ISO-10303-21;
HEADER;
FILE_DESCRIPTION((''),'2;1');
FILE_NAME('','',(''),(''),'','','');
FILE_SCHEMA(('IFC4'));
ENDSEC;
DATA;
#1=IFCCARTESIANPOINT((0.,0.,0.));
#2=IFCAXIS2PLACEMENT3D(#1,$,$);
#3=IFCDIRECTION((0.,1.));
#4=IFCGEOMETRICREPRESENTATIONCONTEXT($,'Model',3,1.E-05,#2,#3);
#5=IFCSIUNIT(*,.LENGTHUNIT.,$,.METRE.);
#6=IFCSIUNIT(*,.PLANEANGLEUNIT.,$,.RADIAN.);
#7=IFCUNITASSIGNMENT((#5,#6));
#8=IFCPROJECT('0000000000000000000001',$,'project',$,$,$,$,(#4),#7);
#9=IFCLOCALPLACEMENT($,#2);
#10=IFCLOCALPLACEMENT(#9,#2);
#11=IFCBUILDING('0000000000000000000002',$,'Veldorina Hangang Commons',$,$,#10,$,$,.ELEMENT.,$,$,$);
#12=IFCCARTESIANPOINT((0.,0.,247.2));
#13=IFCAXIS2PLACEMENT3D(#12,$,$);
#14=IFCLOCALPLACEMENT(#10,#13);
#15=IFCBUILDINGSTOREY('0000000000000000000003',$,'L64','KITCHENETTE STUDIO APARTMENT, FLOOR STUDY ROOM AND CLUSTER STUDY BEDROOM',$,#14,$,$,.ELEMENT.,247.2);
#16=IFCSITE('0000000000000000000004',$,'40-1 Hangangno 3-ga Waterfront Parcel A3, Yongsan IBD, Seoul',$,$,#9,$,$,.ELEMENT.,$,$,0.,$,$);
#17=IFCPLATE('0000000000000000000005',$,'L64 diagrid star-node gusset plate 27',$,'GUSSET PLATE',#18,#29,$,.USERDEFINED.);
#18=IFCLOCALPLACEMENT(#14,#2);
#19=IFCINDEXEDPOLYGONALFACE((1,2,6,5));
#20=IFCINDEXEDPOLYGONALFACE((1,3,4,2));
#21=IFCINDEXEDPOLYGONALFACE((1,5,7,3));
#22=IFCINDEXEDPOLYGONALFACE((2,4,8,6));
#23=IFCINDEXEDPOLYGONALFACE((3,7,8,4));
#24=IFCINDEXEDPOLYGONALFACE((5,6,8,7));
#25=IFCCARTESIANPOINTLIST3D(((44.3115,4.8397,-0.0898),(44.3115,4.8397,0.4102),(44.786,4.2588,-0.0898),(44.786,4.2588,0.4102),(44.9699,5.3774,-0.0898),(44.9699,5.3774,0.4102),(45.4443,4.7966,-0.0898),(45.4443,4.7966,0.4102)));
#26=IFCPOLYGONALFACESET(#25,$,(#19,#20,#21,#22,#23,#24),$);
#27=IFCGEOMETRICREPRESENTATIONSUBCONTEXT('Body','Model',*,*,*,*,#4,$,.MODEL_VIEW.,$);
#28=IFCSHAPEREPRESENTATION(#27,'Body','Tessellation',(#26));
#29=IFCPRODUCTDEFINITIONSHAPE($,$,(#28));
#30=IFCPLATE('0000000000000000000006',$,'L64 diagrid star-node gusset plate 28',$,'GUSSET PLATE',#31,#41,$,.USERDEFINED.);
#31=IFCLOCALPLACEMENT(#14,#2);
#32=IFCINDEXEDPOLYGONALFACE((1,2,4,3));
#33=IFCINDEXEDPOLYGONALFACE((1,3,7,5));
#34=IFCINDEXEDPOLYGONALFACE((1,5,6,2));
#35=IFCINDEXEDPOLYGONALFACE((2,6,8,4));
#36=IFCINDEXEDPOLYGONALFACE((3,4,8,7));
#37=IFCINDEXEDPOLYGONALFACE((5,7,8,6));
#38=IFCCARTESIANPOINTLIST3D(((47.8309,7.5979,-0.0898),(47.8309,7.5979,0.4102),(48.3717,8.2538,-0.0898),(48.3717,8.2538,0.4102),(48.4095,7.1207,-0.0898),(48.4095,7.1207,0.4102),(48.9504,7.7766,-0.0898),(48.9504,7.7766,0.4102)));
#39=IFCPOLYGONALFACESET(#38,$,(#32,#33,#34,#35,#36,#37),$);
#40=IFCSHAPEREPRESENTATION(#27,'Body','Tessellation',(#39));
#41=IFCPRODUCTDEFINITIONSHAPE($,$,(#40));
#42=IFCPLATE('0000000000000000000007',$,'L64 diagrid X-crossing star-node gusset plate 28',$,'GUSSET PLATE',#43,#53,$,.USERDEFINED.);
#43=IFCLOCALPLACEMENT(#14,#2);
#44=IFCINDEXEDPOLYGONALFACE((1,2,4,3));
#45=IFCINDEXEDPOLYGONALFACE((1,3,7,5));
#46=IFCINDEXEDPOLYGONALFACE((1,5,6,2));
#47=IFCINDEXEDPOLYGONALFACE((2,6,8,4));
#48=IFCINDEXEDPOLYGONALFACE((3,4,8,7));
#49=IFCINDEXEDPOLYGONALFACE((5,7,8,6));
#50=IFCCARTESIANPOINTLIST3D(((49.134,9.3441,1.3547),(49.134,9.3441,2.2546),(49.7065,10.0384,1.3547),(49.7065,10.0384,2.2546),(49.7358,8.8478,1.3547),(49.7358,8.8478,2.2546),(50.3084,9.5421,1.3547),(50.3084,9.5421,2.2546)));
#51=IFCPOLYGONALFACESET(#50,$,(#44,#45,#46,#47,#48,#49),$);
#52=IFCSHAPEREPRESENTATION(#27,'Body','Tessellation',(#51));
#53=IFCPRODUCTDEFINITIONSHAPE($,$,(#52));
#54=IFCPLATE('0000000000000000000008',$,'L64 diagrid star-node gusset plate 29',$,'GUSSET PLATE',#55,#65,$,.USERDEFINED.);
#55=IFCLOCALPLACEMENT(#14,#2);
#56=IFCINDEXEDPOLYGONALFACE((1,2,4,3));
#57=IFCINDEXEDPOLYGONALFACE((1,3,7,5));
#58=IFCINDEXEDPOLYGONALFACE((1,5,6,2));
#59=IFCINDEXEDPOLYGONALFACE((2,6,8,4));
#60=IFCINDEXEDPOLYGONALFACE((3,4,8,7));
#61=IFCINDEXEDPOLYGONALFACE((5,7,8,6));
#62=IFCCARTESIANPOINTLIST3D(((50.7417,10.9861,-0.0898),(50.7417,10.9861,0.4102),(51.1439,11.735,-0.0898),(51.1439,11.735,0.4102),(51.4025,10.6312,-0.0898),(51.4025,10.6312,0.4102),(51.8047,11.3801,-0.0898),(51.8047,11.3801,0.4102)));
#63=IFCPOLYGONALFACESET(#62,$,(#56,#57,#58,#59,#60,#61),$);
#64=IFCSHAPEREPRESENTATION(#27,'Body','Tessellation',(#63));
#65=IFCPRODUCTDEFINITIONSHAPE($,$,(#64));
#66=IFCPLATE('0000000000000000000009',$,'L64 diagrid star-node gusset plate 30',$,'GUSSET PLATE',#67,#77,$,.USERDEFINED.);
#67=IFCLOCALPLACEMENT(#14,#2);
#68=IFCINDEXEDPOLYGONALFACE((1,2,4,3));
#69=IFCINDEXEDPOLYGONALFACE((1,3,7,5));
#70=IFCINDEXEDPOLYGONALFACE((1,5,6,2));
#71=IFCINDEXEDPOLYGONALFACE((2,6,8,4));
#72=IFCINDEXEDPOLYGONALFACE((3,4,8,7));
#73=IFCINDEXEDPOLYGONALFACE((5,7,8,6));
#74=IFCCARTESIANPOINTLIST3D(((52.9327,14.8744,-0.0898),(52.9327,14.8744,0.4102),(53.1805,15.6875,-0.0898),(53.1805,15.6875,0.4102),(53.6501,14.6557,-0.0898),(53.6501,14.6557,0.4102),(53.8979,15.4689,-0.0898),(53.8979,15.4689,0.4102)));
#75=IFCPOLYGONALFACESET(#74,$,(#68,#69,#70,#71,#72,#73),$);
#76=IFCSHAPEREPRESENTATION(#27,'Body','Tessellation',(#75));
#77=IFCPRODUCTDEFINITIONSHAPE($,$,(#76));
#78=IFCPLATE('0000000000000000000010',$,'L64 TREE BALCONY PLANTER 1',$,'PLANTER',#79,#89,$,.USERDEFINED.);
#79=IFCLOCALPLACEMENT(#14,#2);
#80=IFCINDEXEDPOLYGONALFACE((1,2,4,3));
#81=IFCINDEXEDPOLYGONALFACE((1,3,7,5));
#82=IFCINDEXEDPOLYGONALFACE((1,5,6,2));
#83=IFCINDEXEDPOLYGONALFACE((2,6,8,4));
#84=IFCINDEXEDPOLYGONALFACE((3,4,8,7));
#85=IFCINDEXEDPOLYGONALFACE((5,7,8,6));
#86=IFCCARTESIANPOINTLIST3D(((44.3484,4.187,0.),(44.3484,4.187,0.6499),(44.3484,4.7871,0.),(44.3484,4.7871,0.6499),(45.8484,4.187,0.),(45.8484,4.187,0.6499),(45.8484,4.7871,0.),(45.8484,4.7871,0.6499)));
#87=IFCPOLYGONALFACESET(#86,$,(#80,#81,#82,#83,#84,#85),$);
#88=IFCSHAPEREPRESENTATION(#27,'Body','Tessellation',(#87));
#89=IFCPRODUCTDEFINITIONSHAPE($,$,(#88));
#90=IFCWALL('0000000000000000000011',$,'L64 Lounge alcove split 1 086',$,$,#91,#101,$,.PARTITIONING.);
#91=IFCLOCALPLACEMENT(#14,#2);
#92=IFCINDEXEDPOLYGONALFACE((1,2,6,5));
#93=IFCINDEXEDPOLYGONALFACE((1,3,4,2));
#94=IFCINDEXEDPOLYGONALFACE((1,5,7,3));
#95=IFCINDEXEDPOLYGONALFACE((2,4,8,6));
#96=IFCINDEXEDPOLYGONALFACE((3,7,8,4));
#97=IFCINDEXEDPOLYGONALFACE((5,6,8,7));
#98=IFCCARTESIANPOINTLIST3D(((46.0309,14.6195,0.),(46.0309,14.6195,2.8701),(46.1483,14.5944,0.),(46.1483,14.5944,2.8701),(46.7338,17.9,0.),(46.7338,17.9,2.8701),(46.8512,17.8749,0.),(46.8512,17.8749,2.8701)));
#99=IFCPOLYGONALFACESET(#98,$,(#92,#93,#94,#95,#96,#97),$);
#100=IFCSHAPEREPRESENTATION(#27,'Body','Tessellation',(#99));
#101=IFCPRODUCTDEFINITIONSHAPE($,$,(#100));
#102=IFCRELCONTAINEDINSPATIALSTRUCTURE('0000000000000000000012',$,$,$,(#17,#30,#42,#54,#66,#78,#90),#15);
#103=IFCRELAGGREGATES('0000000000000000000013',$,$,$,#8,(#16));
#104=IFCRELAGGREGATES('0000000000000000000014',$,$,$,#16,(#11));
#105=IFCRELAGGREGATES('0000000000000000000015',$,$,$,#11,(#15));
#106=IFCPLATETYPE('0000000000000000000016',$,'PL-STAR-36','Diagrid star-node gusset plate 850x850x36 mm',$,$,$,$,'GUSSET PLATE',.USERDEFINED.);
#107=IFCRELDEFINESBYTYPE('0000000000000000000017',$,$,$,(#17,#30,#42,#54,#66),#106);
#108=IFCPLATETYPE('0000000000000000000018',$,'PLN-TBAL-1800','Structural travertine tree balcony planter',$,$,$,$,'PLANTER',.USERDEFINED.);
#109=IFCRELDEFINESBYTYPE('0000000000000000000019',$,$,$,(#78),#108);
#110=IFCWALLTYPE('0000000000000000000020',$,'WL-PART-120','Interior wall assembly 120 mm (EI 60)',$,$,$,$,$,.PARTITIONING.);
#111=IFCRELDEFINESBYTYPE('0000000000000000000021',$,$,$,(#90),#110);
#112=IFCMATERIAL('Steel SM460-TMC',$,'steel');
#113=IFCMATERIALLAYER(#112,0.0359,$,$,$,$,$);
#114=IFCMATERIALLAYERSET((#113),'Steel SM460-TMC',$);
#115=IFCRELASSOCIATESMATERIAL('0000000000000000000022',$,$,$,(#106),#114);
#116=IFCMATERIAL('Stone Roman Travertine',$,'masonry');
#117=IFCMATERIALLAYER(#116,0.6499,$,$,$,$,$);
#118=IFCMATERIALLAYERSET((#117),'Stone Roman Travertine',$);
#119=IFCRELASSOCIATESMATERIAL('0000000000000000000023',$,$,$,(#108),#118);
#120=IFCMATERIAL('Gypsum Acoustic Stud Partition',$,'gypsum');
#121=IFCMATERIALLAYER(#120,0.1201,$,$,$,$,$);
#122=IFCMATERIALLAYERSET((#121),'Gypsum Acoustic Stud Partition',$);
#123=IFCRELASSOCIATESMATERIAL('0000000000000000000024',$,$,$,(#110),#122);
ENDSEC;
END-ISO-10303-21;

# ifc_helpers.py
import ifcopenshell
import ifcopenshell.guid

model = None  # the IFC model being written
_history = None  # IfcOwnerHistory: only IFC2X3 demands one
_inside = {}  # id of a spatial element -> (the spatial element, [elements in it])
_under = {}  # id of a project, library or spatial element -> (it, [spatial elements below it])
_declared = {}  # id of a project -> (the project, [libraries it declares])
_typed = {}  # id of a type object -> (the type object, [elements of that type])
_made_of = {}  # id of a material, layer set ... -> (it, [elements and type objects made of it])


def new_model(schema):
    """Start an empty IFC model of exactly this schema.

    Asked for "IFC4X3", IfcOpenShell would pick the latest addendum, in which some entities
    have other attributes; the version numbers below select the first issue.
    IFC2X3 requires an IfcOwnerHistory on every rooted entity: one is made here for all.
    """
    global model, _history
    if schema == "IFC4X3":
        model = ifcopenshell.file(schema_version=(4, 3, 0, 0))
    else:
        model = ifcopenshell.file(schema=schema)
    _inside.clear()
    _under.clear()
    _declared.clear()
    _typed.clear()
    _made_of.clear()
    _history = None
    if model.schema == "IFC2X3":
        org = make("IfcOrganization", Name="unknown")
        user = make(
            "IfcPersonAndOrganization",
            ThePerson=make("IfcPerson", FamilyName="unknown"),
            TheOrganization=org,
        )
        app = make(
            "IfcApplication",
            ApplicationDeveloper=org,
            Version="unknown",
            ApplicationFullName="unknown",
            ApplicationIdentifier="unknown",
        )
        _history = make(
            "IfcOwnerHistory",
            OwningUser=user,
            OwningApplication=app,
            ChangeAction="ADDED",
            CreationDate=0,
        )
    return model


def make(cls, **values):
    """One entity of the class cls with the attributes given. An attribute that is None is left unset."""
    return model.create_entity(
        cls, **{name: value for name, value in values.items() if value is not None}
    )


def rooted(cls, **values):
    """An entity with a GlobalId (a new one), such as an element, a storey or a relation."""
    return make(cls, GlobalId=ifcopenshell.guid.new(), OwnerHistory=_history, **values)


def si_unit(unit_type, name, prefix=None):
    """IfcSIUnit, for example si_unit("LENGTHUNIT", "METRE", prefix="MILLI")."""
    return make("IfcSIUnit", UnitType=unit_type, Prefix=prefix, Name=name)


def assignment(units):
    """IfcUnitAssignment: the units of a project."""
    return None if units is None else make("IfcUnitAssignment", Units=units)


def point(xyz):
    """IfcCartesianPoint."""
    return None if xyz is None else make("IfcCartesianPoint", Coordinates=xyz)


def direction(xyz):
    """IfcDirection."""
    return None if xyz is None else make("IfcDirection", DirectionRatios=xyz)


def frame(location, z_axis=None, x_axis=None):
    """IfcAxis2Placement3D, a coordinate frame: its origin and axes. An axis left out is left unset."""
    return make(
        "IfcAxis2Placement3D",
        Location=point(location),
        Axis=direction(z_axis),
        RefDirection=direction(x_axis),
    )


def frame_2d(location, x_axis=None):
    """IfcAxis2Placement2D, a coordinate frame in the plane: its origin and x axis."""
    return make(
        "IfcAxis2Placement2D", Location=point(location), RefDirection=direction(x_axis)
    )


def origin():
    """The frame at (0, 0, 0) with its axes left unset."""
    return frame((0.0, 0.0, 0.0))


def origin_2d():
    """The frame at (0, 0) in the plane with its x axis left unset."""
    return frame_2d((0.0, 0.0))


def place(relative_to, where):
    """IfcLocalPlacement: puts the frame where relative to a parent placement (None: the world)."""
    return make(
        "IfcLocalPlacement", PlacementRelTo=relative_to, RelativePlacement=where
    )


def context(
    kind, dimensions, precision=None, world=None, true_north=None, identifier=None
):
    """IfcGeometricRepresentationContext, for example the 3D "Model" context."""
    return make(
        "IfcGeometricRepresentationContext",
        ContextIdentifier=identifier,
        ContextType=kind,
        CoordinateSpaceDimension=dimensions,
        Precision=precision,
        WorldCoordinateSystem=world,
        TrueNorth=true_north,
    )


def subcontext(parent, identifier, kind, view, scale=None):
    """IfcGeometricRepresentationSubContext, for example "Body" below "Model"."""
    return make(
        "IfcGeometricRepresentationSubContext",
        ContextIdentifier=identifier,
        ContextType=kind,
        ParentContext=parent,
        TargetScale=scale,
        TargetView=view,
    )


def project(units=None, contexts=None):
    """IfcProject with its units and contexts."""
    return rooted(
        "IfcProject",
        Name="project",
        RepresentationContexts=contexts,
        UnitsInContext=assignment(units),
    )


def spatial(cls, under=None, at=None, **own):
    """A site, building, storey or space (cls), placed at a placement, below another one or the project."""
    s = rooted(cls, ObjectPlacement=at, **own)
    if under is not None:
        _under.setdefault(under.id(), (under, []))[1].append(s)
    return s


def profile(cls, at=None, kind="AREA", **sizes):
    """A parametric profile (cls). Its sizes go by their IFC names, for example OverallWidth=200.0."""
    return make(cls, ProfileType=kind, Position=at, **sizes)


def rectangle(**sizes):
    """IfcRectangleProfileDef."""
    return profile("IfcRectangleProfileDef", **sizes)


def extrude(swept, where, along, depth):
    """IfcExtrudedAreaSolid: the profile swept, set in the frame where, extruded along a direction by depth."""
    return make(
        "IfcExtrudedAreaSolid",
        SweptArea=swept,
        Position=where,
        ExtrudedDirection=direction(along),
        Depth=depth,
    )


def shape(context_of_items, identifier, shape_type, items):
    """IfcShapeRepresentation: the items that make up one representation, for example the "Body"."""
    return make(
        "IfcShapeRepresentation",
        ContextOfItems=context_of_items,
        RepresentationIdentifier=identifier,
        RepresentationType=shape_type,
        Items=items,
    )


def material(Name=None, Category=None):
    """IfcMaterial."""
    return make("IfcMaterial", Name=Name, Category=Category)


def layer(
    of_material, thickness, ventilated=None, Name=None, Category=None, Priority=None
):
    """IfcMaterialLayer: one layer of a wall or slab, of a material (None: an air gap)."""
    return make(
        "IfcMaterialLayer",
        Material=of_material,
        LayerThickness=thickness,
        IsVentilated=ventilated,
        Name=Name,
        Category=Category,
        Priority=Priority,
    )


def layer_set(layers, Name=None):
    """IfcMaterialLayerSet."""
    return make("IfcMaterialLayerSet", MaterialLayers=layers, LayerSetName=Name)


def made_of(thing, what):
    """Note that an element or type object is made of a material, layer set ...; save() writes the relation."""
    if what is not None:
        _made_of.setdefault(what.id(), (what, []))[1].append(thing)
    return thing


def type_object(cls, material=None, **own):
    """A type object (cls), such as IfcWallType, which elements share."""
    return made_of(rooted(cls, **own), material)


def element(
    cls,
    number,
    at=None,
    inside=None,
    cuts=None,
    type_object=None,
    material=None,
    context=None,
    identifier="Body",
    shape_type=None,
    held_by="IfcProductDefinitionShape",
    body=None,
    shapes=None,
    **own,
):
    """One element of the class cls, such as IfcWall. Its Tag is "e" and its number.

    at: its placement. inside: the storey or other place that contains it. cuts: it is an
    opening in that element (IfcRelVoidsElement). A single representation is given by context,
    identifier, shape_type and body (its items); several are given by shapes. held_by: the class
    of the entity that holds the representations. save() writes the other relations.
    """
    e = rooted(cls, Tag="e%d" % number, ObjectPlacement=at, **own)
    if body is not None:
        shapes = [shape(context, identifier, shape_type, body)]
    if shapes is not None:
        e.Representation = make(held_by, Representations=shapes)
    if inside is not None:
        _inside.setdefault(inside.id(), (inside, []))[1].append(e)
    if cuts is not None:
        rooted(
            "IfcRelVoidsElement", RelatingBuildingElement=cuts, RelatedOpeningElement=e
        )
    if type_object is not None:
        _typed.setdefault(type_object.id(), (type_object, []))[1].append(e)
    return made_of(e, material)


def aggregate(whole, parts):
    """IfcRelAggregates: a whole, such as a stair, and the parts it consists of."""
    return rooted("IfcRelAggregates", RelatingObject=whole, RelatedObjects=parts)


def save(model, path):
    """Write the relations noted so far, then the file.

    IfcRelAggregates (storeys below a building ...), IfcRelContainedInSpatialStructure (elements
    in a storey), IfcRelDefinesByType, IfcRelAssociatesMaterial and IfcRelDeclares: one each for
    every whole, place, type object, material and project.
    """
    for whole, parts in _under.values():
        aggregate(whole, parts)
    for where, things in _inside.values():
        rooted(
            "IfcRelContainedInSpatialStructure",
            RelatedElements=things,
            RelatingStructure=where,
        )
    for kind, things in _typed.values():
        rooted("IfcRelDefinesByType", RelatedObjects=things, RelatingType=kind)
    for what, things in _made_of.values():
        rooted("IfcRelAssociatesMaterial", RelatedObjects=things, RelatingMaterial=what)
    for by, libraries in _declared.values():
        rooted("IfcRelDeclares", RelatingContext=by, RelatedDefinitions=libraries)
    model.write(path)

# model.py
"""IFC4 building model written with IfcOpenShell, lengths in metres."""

from ifc_helpers import new_model, si_unit, direction, frame, frame_2d, origin, origin_2d, place, context, subcontext, project, spatial, rectangle, extrude, material, layer, layer_set, type_object, element, save


model = new_model("IFC4")

# Units and contexts
model_context = context("Model", 3, precision=1e-05, world=origin(), true_north=direction((0.0, 1.0)))
body_context = subcontext(model_context, "Body", "Model", "MODEL_VIEW")
ifc_project = project(units=[si_unit("LENGTHUNIT", "METRE"), si_unit("PLANEANGLEUNIT", "RADIAN")], contexts=[model_context])

# Site, building, storey
site_placement = place(None, origin())
site = spatial("IfcSite", under=ifc_project, at=site_placement, Name="40-1 Hangangno 3-ga Waterfront Parcel A3, Yongsan IBD, Seoul", CompositionType="ELEMENT", RefElevation=0.0)
building_placement = place(site_placement, origin())
building = spatial("IfcBuilding", under=site, at=building_placement, Name="Veldorina Hangang Commons", CompositionType="ELEMENT")
storey_placement = place(building_placement, frame((0.0, 0.0, 247.2)))
storey = spatial("IfcBuildingStorey", under=building, at=storey_placement, Name="L64", Description="KITCHENETTE STUDIO APARTMENT, FLOOR STUDY ROOM AND CLUSTER STUDY BEDROOM", CompositionType="ELEMENT", Elevation=247.2)

# Plates
ifc_material_1 = material(Name="Steel SM460-TMC", Category="steel")
ifc_layer_1 = layer(ifc_material_1, 0.0359)
ifc_layer_set_1 = layer_set([ifc_layer_1], Name="Steel SM460-TMC")
plate_type_1 = type_object("IfcPlateType", Name="PL-STAR-36", Description="Diagrid star-node gusset plate 850x850x36 mm", ElementType="GUSSET PLATE", PredefinedType="USERDEFINED", material=ifc_layer_set_1)
for number, where, z_axis, x_axis, name in (
    (1, (44.8779, 4.8181, -0.0898), (0.0, 0.0, 1.0), (0.774481, 0.632597, 0.0), "L64 diagrid star-node gusset plate 27"),
    (2, (48.3906, 7.6873, -0.0898), (0.0, 0.0, 1.0), (0.636199, 0.771525, 0.0), "L64 diagrid star-node gusset plate 28"),
):
    element("IfcPlate", number, at=place(storey_placement, frame(where, z_axis=z_axis, x_axis=x_axis)), inside=storey, type_object=plate_type_1, Name=name, ObjectType="GUSSET PLATE", PredefinedType="USERDEFINED", context=body_context, shape_type="SweptSolid", body=[
        extrude(rectangle(XDim=0.8501, YDim=0.75, at=origin_2d()), origin(), (0.0, 0.0, 1.0), 0.5),
    ])
plate_1_placement = place(storey_placement, frame((49.7212, 9.4431, 1.3547), z_axis=(0.0, 0.0, 1.0), x_axis=(0.636199, 0.771525, 0.0)))
element("IfcPlate", 3, at=plate_1_placement, inside=storey, type_object=plate_type_1, Name="L64 diagrid X-crossing star-node gusset plate 28", ObjectType="GUSSET PLATE", PredefinedType="USERDEFINED", context=body_context, shape_type="SweptSolid", body=[
    extrude(rectangle(XDim=0.8999, YDim=0.78, at=origin_2d()), origin(), (0.0, 0.0, 1.0), 0.8999),
])
for number, where, z_axis, x_axis, name in (
    (4, (51.2732, 11.1831, -0.0898), (0.0, 0.0, 1.0), (0.473135, 0.88099, 0.0), "L64 diagrid star-node gusset plate 29"),
    (5, (53.4153, 15.1716, -0.0898), (0.0, 0.0, 1.0), (0.291554, 0.956554, 0.0), "L64 diagrid star-node gusset plate 30"),
):
    element("IfcPlate", number, at=place(storey_placement, frame(where, z_axis=z_axis, x_axis=x_axis)), inside=storey, type_object=plate_type_1, Name=name, ObjectType="GUSSET PLATE", PredefinedType="USERDEFINED", context=body_context, shape_type="SweptSolid", body=[
        extrude(rectangle(XDim=0.8501, YDim=0.75, at=origin_2d()), origin(), (0.0, 0.0, 1.0), 0.5),
    ])
ifc_material_2 = material(Name="Stone Roman Travertine", Category="masonry")
ifc_layer_2 = layer(ifc_material_2, 0.6499)
ifc_layer_set_2 = layer_set([ifc_layer_2], Name="Stone Roman Travertine")
plate_type_2 = type_object("IfcPlateType", Name="PLN-TBAL-1800", Description="Structural travertine tree balcony planter", ElementType="PLANTER", PredefinedType="USERDEFINED", material=ifc_layer_set_2)
plate_2_placement = place(storey_placement, frame((45.0984, 4.4871, 0.0), z_axis=(0.0, 0.0, 1.0), x_axis=(1.0, 0.0, 0.0)))
element("IfcPlate", 6, at=plate_2_placement, inside=storey, type_object=plate_type_2, Name="L64 TREE BALCONY PLANTER 1", ObjectType="PLANTER", PredefinedType="USERDEFINED", context=body_context, shape_type="SweptSolid", body=[
    extrude(rectangle(XDim=1.5, YDim=0.6001, at=origin_2d()), origin(), (0.0, 0.0, 1.0), 0.6499),
])

# Wall
ifc_material_3 = material(Name="Gypsum Acoustic Stud Partition", Category="gypsum")
ifc_layer_3 = layer(ifc_material_3, 0.1201)
ifc_layer_set_3 = layer_set([ifc_layer_3], Name="Gypsum Acoustic Stud Partition")
wall_type_1 = type_object("IfcWallType", Name="WL-PART-120", Description="Interior wall assembly 120 mm (EI 60)", PredefinedType="PARTITIONING", material=ifc_layer_set_3)
wall_1_placement = place(storey_placement, frame((46.0896, 14.6069, 0.0), z_axis=(0.0, 0.0, 1.0), x_axis=(0.209504, 0.977808, 0.0)))
element("IfcWall", 7, at=wall_1_placement, inside=storey, type_object=wall_type_1, Name="L64 Lounge alcove split 1 086", PredefinedType="PARTITIONING", context=body_context, shape_type="SweptSolid", body=[
    extrude(rectangle(XDim=3.355, YDim=0.1201, at=frame_2d((1.6775, 0.0))), origin(), (0.0, 0.0, 1.0), 2.8701),
])

save(model, "model.ifc")
